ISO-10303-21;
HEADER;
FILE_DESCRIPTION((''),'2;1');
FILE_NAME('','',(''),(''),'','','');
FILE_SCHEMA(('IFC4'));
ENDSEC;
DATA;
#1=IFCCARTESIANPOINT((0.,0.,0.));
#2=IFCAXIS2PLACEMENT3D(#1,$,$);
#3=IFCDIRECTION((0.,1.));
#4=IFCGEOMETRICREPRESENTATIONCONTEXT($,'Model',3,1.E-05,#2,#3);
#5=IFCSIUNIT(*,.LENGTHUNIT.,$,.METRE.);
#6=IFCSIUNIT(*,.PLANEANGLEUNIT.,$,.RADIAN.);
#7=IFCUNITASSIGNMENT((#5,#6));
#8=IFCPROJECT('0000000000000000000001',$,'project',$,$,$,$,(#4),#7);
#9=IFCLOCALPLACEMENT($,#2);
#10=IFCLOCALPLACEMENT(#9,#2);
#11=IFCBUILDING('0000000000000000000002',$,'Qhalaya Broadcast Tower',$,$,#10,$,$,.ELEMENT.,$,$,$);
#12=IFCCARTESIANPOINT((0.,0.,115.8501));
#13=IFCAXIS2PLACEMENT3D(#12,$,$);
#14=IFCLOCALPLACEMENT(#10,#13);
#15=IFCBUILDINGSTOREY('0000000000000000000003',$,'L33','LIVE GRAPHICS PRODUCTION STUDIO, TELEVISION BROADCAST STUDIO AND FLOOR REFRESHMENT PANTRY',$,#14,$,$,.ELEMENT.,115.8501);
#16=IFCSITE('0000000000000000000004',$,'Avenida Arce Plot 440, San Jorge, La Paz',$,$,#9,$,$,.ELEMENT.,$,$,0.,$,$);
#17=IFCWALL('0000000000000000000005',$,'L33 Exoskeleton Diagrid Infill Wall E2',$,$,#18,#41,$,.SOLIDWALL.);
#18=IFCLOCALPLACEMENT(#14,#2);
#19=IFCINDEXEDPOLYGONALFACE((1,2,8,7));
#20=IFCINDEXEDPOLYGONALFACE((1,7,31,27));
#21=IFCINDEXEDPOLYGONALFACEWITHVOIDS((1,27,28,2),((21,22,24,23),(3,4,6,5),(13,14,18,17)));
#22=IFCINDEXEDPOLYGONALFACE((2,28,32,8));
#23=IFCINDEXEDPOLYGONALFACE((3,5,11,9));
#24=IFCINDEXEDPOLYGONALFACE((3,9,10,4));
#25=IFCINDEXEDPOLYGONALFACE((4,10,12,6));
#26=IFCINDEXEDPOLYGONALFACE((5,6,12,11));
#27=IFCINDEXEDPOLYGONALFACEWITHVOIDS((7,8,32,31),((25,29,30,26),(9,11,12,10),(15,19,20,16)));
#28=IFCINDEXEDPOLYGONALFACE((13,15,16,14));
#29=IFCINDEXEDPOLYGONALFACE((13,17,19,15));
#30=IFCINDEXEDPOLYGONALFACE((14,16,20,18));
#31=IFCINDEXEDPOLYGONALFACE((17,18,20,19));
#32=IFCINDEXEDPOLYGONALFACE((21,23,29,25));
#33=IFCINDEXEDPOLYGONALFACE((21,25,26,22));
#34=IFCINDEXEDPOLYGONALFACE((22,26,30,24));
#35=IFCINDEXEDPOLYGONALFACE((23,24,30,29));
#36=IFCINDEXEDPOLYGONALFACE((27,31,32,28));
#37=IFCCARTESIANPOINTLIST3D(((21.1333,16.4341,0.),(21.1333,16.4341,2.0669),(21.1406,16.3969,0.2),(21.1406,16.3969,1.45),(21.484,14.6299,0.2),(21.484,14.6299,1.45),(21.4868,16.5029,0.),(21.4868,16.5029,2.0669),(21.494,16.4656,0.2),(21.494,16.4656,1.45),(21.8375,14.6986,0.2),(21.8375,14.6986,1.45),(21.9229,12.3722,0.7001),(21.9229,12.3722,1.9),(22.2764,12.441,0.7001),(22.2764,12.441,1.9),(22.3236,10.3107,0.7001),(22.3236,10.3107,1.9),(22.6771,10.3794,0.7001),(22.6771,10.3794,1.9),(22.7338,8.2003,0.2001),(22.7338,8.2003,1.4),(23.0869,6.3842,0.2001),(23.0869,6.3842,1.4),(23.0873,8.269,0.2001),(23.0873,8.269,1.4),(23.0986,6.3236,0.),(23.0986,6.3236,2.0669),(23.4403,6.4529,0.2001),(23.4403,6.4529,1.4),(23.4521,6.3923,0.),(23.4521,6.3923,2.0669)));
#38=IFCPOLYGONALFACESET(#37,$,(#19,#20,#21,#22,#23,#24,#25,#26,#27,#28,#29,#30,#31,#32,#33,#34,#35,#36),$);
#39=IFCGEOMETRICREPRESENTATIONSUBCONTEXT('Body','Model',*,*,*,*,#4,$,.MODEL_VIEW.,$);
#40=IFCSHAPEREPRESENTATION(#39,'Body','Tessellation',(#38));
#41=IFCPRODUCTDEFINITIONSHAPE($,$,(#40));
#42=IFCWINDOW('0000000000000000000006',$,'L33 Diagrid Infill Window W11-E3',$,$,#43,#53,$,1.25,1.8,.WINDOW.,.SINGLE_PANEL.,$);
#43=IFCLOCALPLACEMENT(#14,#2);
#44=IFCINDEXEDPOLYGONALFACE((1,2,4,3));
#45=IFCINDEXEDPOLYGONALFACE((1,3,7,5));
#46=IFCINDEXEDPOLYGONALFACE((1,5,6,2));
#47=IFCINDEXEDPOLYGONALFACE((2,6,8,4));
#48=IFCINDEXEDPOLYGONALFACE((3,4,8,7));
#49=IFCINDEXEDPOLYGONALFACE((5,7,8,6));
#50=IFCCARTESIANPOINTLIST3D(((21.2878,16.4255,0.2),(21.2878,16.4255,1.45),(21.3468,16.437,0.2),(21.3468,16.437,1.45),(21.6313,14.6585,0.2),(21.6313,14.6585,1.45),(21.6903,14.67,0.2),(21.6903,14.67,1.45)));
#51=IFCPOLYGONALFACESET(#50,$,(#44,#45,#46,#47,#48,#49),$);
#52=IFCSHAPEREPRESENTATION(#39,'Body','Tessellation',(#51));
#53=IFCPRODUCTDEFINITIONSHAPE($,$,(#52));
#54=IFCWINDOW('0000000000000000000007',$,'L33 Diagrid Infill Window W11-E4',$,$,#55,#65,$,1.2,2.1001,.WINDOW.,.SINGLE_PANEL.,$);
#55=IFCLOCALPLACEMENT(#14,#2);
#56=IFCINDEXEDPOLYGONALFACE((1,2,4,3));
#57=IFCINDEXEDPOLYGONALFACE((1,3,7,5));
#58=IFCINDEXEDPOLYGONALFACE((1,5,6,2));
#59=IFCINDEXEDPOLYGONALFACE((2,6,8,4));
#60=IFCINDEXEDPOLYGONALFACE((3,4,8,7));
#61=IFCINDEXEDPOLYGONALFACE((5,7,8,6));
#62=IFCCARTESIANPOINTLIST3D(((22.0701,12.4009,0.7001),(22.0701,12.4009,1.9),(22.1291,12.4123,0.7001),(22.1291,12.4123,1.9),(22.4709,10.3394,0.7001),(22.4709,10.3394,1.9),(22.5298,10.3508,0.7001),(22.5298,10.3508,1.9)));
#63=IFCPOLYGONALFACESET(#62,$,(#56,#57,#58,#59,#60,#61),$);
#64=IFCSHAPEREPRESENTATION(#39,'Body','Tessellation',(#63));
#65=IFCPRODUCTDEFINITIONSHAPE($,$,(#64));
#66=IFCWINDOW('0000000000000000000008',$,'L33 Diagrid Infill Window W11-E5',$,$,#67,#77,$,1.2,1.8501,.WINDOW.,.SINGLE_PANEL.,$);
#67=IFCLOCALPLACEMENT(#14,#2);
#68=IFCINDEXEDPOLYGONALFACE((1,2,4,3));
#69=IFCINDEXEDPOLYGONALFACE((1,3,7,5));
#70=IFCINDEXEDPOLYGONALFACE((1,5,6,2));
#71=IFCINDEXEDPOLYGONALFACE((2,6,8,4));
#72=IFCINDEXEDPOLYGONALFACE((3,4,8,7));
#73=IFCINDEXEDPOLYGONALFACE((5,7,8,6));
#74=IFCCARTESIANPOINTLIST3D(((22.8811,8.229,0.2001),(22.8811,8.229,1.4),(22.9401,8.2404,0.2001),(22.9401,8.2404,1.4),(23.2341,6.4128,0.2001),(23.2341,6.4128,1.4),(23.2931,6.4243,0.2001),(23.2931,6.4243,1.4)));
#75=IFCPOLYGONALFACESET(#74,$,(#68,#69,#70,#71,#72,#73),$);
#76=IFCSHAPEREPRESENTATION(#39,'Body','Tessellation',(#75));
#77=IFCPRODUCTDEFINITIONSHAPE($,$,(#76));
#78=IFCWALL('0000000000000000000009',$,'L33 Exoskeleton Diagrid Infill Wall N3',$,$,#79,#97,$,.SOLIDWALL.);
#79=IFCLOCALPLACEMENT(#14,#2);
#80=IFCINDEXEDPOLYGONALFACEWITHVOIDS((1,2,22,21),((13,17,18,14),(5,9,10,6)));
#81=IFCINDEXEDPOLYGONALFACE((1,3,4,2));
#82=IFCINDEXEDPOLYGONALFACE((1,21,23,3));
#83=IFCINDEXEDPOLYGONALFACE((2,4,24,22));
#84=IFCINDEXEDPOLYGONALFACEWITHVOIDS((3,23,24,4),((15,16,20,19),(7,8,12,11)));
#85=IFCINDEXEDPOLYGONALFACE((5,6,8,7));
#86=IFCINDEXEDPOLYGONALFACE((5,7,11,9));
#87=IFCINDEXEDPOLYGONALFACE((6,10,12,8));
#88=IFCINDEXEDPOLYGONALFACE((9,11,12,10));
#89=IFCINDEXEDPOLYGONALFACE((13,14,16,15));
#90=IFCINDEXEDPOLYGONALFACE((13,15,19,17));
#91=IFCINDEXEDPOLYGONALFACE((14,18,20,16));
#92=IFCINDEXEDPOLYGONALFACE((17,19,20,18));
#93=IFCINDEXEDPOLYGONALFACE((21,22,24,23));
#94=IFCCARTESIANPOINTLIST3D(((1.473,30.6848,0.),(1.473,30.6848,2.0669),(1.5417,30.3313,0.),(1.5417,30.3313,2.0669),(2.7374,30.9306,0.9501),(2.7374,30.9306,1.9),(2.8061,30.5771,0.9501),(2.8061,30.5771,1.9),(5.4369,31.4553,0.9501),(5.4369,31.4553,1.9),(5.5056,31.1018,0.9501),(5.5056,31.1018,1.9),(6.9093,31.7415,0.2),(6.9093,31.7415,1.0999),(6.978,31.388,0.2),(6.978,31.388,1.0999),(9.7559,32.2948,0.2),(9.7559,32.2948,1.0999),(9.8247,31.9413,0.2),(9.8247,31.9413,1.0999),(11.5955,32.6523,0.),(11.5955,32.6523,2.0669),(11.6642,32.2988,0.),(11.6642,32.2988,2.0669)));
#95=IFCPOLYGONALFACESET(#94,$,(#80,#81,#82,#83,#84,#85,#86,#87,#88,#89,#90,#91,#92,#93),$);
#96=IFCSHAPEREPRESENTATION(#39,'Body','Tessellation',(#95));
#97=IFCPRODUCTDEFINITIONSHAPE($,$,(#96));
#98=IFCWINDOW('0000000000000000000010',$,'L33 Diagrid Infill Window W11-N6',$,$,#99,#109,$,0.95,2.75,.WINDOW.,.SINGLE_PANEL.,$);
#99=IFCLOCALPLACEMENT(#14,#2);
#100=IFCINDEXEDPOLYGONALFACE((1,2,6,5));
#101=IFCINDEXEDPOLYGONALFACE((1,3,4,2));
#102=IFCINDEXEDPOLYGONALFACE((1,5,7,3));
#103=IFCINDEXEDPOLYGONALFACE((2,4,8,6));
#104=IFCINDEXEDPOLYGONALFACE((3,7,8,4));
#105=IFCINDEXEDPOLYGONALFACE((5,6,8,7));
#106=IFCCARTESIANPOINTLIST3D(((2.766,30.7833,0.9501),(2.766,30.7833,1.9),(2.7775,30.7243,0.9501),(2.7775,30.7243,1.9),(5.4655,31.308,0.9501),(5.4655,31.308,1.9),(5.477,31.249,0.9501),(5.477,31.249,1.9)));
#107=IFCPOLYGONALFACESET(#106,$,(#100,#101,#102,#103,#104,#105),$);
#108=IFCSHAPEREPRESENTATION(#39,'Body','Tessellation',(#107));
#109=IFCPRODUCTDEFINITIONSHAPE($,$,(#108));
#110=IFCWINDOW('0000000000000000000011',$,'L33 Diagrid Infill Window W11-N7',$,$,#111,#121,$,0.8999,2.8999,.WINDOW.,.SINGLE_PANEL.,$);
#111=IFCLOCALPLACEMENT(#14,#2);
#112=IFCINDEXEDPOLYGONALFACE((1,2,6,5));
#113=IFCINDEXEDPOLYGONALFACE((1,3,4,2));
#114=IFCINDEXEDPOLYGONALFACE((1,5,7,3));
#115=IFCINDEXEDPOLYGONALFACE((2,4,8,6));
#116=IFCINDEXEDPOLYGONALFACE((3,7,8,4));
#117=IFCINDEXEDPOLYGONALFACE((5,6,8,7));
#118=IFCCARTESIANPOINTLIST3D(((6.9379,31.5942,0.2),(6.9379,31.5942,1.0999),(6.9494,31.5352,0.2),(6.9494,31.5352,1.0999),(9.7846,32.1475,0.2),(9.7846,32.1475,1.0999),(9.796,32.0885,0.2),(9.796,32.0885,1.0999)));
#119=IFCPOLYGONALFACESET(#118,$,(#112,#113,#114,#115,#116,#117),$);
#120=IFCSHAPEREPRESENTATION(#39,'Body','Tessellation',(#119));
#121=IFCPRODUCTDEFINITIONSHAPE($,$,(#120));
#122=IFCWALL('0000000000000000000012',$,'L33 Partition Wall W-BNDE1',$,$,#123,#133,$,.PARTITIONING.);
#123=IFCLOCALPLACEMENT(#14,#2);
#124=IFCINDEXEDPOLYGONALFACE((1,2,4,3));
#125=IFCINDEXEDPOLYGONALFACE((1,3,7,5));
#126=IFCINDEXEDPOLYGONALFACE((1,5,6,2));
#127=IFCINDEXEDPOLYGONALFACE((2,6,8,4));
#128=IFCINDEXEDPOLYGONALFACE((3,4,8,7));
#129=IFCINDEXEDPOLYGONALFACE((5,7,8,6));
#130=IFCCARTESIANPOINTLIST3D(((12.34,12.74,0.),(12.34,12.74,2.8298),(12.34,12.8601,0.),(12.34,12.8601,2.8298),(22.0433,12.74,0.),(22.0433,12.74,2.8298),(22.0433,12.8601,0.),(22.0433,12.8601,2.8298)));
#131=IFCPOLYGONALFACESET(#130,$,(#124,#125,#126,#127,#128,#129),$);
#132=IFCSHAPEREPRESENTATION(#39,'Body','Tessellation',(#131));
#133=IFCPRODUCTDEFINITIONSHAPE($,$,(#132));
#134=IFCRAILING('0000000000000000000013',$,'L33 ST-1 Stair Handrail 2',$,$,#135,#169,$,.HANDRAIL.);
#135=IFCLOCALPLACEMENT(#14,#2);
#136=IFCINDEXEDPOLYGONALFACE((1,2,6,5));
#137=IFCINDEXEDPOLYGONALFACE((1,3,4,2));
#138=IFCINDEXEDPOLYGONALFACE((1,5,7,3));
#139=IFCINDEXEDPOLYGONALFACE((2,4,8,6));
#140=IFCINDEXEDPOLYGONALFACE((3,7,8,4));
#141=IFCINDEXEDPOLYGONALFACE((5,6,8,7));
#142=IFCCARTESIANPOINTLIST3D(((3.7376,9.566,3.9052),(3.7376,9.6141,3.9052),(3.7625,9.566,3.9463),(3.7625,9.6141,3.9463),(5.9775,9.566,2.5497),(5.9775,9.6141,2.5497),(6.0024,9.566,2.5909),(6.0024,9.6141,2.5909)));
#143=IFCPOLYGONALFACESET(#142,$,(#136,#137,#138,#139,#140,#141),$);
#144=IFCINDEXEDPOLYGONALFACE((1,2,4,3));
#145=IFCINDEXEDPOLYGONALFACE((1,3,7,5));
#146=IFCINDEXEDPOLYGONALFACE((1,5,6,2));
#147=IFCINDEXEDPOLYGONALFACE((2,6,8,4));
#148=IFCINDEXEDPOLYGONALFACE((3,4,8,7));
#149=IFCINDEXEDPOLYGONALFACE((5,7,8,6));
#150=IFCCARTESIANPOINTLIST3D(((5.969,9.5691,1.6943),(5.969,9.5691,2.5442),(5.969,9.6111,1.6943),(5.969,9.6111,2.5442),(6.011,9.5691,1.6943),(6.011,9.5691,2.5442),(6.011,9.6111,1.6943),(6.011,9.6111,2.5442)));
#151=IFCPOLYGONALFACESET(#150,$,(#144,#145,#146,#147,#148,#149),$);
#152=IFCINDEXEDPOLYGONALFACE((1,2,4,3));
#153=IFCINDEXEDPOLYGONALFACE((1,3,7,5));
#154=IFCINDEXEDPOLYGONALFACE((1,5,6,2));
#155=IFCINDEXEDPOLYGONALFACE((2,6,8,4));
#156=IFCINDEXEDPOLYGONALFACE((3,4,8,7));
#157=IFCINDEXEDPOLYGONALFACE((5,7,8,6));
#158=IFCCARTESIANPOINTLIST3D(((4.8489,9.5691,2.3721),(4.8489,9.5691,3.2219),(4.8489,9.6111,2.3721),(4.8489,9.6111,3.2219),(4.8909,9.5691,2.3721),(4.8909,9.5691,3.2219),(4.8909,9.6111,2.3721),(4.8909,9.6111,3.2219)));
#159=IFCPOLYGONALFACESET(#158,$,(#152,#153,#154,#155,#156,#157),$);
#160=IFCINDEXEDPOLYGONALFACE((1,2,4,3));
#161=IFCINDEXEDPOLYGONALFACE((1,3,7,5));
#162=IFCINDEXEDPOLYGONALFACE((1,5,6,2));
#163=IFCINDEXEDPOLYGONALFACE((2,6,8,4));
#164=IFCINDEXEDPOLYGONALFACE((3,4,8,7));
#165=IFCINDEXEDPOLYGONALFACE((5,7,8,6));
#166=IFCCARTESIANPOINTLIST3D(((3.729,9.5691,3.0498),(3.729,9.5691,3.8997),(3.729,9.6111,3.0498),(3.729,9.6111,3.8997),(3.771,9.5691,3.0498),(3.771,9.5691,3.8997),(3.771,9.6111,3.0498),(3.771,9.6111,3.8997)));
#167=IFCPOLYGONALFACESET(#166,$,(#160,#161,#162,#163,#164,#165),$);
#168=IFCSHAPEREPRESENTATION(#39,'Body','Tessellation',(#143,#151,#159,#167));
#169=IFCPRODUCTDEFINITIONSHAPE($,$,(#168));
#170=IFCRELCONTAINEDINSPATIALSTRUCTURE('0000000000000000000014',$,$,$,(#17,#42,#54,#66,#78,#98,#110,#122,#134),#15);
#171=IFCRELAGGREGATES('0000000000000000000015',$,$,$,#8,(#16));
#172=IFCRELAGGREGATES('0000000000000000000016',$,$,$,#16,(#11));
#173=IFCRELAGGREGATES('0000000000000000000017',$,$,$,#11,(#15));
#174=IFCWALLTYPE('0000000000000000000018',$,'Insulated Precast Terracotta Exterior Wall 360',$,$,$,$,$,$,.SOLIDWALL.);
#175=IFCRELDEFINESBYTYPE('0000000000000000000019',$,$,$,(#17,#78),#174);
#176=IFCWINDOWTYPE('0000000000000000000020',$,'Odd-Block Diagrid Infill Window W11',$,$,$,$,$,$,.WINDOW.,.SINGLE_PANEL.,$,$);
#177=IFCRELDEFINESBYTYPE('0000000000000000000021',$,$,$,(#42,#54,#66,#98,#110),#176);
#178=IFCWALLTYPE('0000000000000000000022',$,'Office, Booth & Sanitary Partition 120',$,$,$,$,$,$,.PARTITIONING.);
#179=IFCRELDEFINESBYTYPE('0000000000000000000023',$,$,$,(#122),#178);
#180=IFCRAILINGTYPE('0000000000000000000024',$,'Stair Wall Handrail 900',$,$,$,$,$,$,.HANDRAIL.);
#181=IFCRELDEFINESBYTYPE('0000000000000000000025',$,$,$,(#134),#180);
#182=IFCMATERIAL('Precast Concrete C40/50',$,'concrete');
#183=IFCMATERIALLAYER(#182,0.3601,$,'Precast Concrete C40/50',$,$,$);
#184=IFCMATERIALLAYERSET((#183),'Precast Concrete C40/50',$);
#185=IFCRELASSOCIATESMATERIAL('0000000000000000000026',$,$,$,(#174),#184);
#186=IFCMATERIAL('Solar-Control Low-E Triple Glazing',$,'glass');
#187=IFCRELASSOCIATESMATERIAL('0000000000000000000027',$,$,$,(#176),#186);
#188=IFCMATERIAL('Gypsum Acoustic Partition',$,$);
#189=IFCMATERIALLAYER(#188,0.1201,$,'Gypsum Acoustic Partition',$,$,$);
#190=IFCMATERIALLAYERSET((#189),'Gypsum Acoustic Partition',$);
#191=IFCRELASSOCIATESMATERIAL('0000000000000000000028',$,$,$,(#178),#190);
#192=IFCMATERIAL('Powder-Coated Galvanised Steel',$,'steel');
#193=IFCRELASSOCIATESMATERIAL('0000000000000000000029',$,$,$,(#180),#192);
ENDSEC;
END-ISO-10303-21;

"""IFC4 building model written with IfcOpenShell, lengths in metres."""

from ifc_helpers import new_model, si_unit, direction, frame, frame_2d, origin, origin_2d, place, context, subcontext, project, spatial, rectangle, extrude, material, layer, layer_set, type_object, element, fill, save


model = new_model("IFC4")

# Units and contexts
model_context = context("Model", 3, precision=1e-05, world=origin(), true_north=direction((0.0, 1.0)))
body_context = subcontext(model_context, "Body", "Model", "MODEL_VIEW")
ifc_project = project(units=[si_unit("LENGTHUNIT", "METRE"), si_unit("PLANEANGLEUNIT", "RADIAN")], contexts=[model_context])

# Site, building, storey
site_placement = place(None, origin())
site = spatial("IfcSite", under=ifc_project, at=site_placement, Name="Avenida Arce Plot 440, San Jorge, La Paz", CompositionType="ELEMENT", RefElevation=0.0)
building_placement = place(site_placement, origin())
building = spatial("IfcBuilding", under=site, at=building_placement, Name="Qhalaya Broadcast Tower", CompositionType="ELEMENT")
storey_placement = place(building_placement, frame((0.0, 0.0, 115.8501)))
storey = spatial("IfcBuildingStorey", under=building, at=storey_placement, Name="L33", Description="LIVE GRAPHICS PRODUCTION STUDIO, TELEVISION BROADCAST STUDIO AND FLOOR REFRESHMENT PANTRY", CompositionType="ELEMENT", Elevation=115.8501)

# Walls, openings, windows
ifc_material_1 = material(Name="Precast Concrete C40/50", Category="concrete")
ifc_layer_1 = layer(ifc_material_1, 0.3601, Name="Precast Concrete C40/50")
ifc_layer_set_1 = layer_set([ifc_layer_1], Name="Precast Concrete C40/50")
wall_type_1 = type_object("IfcWallType", Name="Insulated Precast Terracotta Exterior Wall 360", PredefinedType="SOLIDWALL", material=ifc_layer_set_1)
ifc_material_2 = material(Name="Solar-Control Low-E Triple Glazing", Category="glass")
window_type = type_object("IfcWindowType", Name="Odd-Block Diagrid Infill Window W11", PartitioningType="SINGLE_PANEL", PredefinedType="WINDOW", material=ifc_material_2)
wall_1_placement = place(storey_placement, frame((21.3101, 16.4685, 0.0), z_axis=(0.0, 0.0, 1.0), x_axis=(0.190812, -0.981627, 0.0)))
wall_1 = element("IfcWall", 1, at=wall_1_placement, inside=storey, type_object=wall_type_1, Name="L33 Exoskeleton Diagrid Infill Wall E2", PredefinedType="SOLIDWALL", context=body_context, shape_type="SweptSolid", body=[
    extrude(rectangle(XDim=10.2998, YDim=0.3601, at=frame_2d((5.1499, 0.0))), origin(), (0.0, 0.0, 1.0), 2.0669),
])
opening_1_placement = place(wall_1_placement, frame((0.0381, 0.0, 0.2)))
opening_1 = element("IfcOpeningElement", 2, at=opening_1_placement, cuts=wall_1, PredefinedType="OPENING", context=body_context, shape_type="SweptSolid", body=[
    extrude(rectangle(XDim=1.8, YDim=1.25, at=frame_2d((0.8999, 0.625))), frame((0.0, 0.1921, 0.0), z_axis=(0.0, -1.0, 0.0), x_axis=(1.0, 0.0, 0.0)), (0.0, 0.0, 1.0), 0.384),
])
opening_2_placement = place(wall_1_placement, frame((4.1379, 0.0, 0.7)))
opening_2 = element("IfcOpeningElement", 3, at=opening_2_placement, cuts=wall_1, PredefinedType="OPENING", context=body_context, shape_type="SweptSolid", body=[
    extrude(rectangle(XDim=2.1001, YDim=1.2, at=frame_2d((1.05, 0.6001))), frame((0.0, 0.1921, 0.0), z_axis=(0.0, -1.0, 0.0), x_axis=(1.0, 0.0, 0.0)), (0.0, 0.0, 1.0), 0.384),
])
opening_3_placement = place(wall_1_placement, frame((8.3879, 0.0, 0.2)))
opening_3 = element("IfcOpeningElement", 4, at=opening_3_placement, cuts=wall_1, PredefinedType="OPENING", context=body_context, shape_type="SweptSolid", body=[
    extrude(rectangle(XDim=1.8501, YDim=1.2, at=frame_2d((0.925, 0.6001))), frame((0.0, 0.1921, 0.0), z_axis=(0.0, -1.0, 0.0), x_axis=(1.0, 0.0, 0.0)), (0.0, 0.0, 1.0), 0.384),
])
window_1_placement = place(opening_1_placement, origin())
window_1 = element("IfcWindow", 5, at=window_1_placement, inside=storey, type_object=window_type, Name="L33 Diagrid Infill Window W11-E3", OverallHeight=1.25, OverallWidth=1.8, PartitioningType="SINGLE_PANEL", PredefinedType="WINDOW", context=body_context, shape_type="SweptSolid", body=[
    extrude(rectangle(XDim=1.8, YDim=1.25, at=frame_2d((0.8999, 0.625))), frame((0.0, 0.03, 0.0), z_axis=(0.0, -1.0, 0.0), x_axis=(1.0, 0.0, 0.0)), (0.0, 0.0, 1.0), 0.0601),
])
fill(opening_1, window_1)
window_2_placement = place(opening_2_placement, origin())
window_2 = element("IfcWindow", 6, at=window_2_placement, inside=storey, type_object=window_type, Name="L33 Diagrid Infill Window W11-E4", OverallHeight=1.2, OverallWidth=2.1001, PartitioningType="SINGLE_PANEL", PredefinedType="WINDOW", context=body_context, shape_type="SweptSolid", body=[
    extrude(rectangle(XDim=2.1001, YDim=1.2, at=frame_2d((1.05, 0.6001))), frame((0.0, 0.03, 0.0), z_axis=(0.0, -1.0, 0.0), x_axis=(1.0, 0.0, 0.0)), (0.0, 0.0, 1.0), 0.0601),
])
fill(opening_2, window_2)
window_3_placement = place(opening_3_placement, origin())
window_3 = element("IfcWindow", 7, at=window_3_placement, inside=storey, type_object=window_type, Name="L33 Diagrid Infill Window W11-E5", OverallHeight=1.2, OverallWidth=1.8501, PartitioningType="SINGLE_PANEL", PredefinedType="WINDOW", context=body_context, shape_type="SweptSolid", body=[
    extrude(rectangle(XDim=1.8501, YDim=1.2, at=frame_2d((0.925, 0.6001))), frame((0.0, 0.03, 0.0), z_axis=(0.0, -1.0, 0.0), x_axis=(1.0, 0.0, 0.0)), (0.0, 0.0, 1.0), 0.0601),
])
fill(opening_3, window_3)
wall_2_placement = place(storey_placement, frame((1.5073, 30.5081, 0.0), z_axis=(0.0, 0.0, 1.0), x_axis=(0.981629, 0.1908, 0.0)))
wall_2 = element("IfcWall", 8, at=wall_2_placement, inside=storey, type_object=wall_type_1, Name="L33 Exoskeleton Diagrid Infill Wall N3", PredefinedType="SOLIDWALL", context=body_context, shape_type="SweptSolid", body=[
    extrude(rectangle(XDim=10.312, YDim=0.3601, at=frame_2d((5.156, 0.0))), origin(), (0.0, 0.0, 1.0), 2.0669),
])
opening_4_placement = place(wall_2_placement, frame((1.2881, 0.0, 0.95)))
opening_4 = element("IfcOpeningElement", 9, at=opening_4_placement, cuts=wall_2, PredefinedType="OPENING", context=body_context, shape_type="SweptSolid", body=[
    extrude(rectangle(XDim=2.75, YDim=0.95, at=frame_2d((1.375, 0.4751))), frame((0.0, 0.1921, 0.0), z_axis=(0.0, -1.0, 0.0), x_axis=(1.0, 0.0, 0.0)), (0.0, 0.0, 1.0), 0.384),
])
opening_5_placement = place(wall_2_placement, frame((5.5381, 0.0, 0.2)))
opening_5 = element("IfcOpeningElement", 10, at=opening_5_placement, cuts=wall_2, PredefinedType="OPENING", context=body_context, shape_type="SweptSolid", body=[
    extrude(rectangle(XDim=2.8999, YDim=0.8999, at=frame_2d((1.45, 0.45))), frame((0.0, 0.1921, 0.0), z_axis=(0.0, -1.0, 0.0), x_axis=(1.0, 0.0, 0.0)), (0.0, 0.0, 1.0), 0.384),
])
window_4_placement = place(opening_4_placement, origin())
window_4 = element("IfcWindow", 11, at=window_4_placement, inside=storey, type_object=window_type, Name="L33 Diagrid Infill Window W11-N6", OverallHeight=0.95, OverallWidth=2.75, PartitioningType="SINGLE_PANEL", PredefinedType="WINDOW", context=body_context, shape_type="SweptSolid", body=[
    extrude(rectangle(XDim=2.75, YDim=0.95, at=frame_2d((1.375, 0.4751))), frame((0.0, 0.03, 0.0), z_axis=(0.0, -1.0, 0.0), x_axis=(1.0, 0.0, 0.0)), (0.0, 0.0, 1.0), 0.0601),
])
fill(opening_4, window_4)
window_5_placement = place(opening_5_placement, origin())
window_5 = element("IfcWindow", 12, at=window_5_placement, inside=storey, type_object=window_type, Name="L33 Diagrid Infill Window W11-N7", OverallHeight=0.8999, OverallWidth=2.8999, PartitioningType="SINGLE_PANEL", PredefinedType="WINDOW", context=body_context, shape_type="SweptSolid", body=[
    extrude(rectangle(XDim=2.8999, YDim=0.8999, at=frame_2d((1.45, 0.45))), frame((0.0, 0.03, 0.0), z_axis=(0.0, -1.0, 0.0), x_axis=(1.0, 0.0, 0.0)), (0.0, 0.0, 1.0), 0.0601),
])
fill(opening_5, window_5)

# Wall
ifc_material_3 = material(Name="Gypsum Acoustic Partition")
ifc_layer_2 = layer(ifc_material_3, 0.1201, Name="Gypsum Acoustic Partition")
ifc_layer_set_2 = layer_set([ifc_layer_2], Name="Gypsum Acoustic Partition")
wall_type_2 = type_object("IfcWallType", Name="Office, Booth & Sanitary Partition 120", PredefinedType="PARTITIONING", material=ifc_layer_set_2)
wall_3_placement = place(storey_placement, frame((12.3401, 12.8, 0.0), z_axis=(0.0, 0.0, 1.0), x_axis=(1.0, 0.0, 0.0)))
element("IfcWall", 13, at=wall_3_placement, inside=storey, type_object=wall_type_2, Name="L33 Partition Wall W-BNDE1", PredefinedType="PARTITIONING", context=body_context, shape_type="SweptSolid", body=[
    extrude(rectangle(XDim=9.7034, YDim=0.1201, at=frame_2d((4.8516, 0.0))), origin(), (0.0, 0.0, 1.0), 2.8298),
])

# Railing
ifc_material_4 = material(Name="Powder-Coated Galvanised Steel", Category="steel")
railing_type_1 = type_object("IfcRailingType", Name="Stair Wall Handrail 900", PredefinedType="HANDRAIL", material=ifc_material_4)
railing_1_placement = place(storey_placement, frame((5.99, 9.5901, 1.6943)))
element("IfcRailing", 14, at=railing_1_placement, inside=storey, type_object=railing_type_1, Name="L33 ST-1 Stair Handrail 2", PredefinedType="HANDRAIL", context=body_context, shape_type="SweptSolid", body=[
    extrude(rectangle(XDim=0.0481, YDim=0.0481, at=origin_2d()), frame((0.0, 0.0, 0.876), z_axis=(-0.855553, 0.0, 0.517715), x_axis=(0.0, -1.0, 0.0)), (0.0, 0.0, 1.0), 2.6182),
    extrude(rectangle(XDim=0.042, YDim=0.042, at=origin_2d()), origin(), (0.0, 0.0, 1.0), 0.8499),
    extrude(rectangle(XDim=0.042, YDim=0.042, at=origin_2d()), frame((-1.1201, 0.0, 0.6777)), (0.0, 0.0, 1.0), 0.8499),
    extrude(rectangle(XDim=0.042, YDim=0.042, at=origin_2d()), frame((-2.24, 0.0, 1.3555)), (0.0, 0.0, 1.0), 0.8499),
])

save(model, "model.ifc")
